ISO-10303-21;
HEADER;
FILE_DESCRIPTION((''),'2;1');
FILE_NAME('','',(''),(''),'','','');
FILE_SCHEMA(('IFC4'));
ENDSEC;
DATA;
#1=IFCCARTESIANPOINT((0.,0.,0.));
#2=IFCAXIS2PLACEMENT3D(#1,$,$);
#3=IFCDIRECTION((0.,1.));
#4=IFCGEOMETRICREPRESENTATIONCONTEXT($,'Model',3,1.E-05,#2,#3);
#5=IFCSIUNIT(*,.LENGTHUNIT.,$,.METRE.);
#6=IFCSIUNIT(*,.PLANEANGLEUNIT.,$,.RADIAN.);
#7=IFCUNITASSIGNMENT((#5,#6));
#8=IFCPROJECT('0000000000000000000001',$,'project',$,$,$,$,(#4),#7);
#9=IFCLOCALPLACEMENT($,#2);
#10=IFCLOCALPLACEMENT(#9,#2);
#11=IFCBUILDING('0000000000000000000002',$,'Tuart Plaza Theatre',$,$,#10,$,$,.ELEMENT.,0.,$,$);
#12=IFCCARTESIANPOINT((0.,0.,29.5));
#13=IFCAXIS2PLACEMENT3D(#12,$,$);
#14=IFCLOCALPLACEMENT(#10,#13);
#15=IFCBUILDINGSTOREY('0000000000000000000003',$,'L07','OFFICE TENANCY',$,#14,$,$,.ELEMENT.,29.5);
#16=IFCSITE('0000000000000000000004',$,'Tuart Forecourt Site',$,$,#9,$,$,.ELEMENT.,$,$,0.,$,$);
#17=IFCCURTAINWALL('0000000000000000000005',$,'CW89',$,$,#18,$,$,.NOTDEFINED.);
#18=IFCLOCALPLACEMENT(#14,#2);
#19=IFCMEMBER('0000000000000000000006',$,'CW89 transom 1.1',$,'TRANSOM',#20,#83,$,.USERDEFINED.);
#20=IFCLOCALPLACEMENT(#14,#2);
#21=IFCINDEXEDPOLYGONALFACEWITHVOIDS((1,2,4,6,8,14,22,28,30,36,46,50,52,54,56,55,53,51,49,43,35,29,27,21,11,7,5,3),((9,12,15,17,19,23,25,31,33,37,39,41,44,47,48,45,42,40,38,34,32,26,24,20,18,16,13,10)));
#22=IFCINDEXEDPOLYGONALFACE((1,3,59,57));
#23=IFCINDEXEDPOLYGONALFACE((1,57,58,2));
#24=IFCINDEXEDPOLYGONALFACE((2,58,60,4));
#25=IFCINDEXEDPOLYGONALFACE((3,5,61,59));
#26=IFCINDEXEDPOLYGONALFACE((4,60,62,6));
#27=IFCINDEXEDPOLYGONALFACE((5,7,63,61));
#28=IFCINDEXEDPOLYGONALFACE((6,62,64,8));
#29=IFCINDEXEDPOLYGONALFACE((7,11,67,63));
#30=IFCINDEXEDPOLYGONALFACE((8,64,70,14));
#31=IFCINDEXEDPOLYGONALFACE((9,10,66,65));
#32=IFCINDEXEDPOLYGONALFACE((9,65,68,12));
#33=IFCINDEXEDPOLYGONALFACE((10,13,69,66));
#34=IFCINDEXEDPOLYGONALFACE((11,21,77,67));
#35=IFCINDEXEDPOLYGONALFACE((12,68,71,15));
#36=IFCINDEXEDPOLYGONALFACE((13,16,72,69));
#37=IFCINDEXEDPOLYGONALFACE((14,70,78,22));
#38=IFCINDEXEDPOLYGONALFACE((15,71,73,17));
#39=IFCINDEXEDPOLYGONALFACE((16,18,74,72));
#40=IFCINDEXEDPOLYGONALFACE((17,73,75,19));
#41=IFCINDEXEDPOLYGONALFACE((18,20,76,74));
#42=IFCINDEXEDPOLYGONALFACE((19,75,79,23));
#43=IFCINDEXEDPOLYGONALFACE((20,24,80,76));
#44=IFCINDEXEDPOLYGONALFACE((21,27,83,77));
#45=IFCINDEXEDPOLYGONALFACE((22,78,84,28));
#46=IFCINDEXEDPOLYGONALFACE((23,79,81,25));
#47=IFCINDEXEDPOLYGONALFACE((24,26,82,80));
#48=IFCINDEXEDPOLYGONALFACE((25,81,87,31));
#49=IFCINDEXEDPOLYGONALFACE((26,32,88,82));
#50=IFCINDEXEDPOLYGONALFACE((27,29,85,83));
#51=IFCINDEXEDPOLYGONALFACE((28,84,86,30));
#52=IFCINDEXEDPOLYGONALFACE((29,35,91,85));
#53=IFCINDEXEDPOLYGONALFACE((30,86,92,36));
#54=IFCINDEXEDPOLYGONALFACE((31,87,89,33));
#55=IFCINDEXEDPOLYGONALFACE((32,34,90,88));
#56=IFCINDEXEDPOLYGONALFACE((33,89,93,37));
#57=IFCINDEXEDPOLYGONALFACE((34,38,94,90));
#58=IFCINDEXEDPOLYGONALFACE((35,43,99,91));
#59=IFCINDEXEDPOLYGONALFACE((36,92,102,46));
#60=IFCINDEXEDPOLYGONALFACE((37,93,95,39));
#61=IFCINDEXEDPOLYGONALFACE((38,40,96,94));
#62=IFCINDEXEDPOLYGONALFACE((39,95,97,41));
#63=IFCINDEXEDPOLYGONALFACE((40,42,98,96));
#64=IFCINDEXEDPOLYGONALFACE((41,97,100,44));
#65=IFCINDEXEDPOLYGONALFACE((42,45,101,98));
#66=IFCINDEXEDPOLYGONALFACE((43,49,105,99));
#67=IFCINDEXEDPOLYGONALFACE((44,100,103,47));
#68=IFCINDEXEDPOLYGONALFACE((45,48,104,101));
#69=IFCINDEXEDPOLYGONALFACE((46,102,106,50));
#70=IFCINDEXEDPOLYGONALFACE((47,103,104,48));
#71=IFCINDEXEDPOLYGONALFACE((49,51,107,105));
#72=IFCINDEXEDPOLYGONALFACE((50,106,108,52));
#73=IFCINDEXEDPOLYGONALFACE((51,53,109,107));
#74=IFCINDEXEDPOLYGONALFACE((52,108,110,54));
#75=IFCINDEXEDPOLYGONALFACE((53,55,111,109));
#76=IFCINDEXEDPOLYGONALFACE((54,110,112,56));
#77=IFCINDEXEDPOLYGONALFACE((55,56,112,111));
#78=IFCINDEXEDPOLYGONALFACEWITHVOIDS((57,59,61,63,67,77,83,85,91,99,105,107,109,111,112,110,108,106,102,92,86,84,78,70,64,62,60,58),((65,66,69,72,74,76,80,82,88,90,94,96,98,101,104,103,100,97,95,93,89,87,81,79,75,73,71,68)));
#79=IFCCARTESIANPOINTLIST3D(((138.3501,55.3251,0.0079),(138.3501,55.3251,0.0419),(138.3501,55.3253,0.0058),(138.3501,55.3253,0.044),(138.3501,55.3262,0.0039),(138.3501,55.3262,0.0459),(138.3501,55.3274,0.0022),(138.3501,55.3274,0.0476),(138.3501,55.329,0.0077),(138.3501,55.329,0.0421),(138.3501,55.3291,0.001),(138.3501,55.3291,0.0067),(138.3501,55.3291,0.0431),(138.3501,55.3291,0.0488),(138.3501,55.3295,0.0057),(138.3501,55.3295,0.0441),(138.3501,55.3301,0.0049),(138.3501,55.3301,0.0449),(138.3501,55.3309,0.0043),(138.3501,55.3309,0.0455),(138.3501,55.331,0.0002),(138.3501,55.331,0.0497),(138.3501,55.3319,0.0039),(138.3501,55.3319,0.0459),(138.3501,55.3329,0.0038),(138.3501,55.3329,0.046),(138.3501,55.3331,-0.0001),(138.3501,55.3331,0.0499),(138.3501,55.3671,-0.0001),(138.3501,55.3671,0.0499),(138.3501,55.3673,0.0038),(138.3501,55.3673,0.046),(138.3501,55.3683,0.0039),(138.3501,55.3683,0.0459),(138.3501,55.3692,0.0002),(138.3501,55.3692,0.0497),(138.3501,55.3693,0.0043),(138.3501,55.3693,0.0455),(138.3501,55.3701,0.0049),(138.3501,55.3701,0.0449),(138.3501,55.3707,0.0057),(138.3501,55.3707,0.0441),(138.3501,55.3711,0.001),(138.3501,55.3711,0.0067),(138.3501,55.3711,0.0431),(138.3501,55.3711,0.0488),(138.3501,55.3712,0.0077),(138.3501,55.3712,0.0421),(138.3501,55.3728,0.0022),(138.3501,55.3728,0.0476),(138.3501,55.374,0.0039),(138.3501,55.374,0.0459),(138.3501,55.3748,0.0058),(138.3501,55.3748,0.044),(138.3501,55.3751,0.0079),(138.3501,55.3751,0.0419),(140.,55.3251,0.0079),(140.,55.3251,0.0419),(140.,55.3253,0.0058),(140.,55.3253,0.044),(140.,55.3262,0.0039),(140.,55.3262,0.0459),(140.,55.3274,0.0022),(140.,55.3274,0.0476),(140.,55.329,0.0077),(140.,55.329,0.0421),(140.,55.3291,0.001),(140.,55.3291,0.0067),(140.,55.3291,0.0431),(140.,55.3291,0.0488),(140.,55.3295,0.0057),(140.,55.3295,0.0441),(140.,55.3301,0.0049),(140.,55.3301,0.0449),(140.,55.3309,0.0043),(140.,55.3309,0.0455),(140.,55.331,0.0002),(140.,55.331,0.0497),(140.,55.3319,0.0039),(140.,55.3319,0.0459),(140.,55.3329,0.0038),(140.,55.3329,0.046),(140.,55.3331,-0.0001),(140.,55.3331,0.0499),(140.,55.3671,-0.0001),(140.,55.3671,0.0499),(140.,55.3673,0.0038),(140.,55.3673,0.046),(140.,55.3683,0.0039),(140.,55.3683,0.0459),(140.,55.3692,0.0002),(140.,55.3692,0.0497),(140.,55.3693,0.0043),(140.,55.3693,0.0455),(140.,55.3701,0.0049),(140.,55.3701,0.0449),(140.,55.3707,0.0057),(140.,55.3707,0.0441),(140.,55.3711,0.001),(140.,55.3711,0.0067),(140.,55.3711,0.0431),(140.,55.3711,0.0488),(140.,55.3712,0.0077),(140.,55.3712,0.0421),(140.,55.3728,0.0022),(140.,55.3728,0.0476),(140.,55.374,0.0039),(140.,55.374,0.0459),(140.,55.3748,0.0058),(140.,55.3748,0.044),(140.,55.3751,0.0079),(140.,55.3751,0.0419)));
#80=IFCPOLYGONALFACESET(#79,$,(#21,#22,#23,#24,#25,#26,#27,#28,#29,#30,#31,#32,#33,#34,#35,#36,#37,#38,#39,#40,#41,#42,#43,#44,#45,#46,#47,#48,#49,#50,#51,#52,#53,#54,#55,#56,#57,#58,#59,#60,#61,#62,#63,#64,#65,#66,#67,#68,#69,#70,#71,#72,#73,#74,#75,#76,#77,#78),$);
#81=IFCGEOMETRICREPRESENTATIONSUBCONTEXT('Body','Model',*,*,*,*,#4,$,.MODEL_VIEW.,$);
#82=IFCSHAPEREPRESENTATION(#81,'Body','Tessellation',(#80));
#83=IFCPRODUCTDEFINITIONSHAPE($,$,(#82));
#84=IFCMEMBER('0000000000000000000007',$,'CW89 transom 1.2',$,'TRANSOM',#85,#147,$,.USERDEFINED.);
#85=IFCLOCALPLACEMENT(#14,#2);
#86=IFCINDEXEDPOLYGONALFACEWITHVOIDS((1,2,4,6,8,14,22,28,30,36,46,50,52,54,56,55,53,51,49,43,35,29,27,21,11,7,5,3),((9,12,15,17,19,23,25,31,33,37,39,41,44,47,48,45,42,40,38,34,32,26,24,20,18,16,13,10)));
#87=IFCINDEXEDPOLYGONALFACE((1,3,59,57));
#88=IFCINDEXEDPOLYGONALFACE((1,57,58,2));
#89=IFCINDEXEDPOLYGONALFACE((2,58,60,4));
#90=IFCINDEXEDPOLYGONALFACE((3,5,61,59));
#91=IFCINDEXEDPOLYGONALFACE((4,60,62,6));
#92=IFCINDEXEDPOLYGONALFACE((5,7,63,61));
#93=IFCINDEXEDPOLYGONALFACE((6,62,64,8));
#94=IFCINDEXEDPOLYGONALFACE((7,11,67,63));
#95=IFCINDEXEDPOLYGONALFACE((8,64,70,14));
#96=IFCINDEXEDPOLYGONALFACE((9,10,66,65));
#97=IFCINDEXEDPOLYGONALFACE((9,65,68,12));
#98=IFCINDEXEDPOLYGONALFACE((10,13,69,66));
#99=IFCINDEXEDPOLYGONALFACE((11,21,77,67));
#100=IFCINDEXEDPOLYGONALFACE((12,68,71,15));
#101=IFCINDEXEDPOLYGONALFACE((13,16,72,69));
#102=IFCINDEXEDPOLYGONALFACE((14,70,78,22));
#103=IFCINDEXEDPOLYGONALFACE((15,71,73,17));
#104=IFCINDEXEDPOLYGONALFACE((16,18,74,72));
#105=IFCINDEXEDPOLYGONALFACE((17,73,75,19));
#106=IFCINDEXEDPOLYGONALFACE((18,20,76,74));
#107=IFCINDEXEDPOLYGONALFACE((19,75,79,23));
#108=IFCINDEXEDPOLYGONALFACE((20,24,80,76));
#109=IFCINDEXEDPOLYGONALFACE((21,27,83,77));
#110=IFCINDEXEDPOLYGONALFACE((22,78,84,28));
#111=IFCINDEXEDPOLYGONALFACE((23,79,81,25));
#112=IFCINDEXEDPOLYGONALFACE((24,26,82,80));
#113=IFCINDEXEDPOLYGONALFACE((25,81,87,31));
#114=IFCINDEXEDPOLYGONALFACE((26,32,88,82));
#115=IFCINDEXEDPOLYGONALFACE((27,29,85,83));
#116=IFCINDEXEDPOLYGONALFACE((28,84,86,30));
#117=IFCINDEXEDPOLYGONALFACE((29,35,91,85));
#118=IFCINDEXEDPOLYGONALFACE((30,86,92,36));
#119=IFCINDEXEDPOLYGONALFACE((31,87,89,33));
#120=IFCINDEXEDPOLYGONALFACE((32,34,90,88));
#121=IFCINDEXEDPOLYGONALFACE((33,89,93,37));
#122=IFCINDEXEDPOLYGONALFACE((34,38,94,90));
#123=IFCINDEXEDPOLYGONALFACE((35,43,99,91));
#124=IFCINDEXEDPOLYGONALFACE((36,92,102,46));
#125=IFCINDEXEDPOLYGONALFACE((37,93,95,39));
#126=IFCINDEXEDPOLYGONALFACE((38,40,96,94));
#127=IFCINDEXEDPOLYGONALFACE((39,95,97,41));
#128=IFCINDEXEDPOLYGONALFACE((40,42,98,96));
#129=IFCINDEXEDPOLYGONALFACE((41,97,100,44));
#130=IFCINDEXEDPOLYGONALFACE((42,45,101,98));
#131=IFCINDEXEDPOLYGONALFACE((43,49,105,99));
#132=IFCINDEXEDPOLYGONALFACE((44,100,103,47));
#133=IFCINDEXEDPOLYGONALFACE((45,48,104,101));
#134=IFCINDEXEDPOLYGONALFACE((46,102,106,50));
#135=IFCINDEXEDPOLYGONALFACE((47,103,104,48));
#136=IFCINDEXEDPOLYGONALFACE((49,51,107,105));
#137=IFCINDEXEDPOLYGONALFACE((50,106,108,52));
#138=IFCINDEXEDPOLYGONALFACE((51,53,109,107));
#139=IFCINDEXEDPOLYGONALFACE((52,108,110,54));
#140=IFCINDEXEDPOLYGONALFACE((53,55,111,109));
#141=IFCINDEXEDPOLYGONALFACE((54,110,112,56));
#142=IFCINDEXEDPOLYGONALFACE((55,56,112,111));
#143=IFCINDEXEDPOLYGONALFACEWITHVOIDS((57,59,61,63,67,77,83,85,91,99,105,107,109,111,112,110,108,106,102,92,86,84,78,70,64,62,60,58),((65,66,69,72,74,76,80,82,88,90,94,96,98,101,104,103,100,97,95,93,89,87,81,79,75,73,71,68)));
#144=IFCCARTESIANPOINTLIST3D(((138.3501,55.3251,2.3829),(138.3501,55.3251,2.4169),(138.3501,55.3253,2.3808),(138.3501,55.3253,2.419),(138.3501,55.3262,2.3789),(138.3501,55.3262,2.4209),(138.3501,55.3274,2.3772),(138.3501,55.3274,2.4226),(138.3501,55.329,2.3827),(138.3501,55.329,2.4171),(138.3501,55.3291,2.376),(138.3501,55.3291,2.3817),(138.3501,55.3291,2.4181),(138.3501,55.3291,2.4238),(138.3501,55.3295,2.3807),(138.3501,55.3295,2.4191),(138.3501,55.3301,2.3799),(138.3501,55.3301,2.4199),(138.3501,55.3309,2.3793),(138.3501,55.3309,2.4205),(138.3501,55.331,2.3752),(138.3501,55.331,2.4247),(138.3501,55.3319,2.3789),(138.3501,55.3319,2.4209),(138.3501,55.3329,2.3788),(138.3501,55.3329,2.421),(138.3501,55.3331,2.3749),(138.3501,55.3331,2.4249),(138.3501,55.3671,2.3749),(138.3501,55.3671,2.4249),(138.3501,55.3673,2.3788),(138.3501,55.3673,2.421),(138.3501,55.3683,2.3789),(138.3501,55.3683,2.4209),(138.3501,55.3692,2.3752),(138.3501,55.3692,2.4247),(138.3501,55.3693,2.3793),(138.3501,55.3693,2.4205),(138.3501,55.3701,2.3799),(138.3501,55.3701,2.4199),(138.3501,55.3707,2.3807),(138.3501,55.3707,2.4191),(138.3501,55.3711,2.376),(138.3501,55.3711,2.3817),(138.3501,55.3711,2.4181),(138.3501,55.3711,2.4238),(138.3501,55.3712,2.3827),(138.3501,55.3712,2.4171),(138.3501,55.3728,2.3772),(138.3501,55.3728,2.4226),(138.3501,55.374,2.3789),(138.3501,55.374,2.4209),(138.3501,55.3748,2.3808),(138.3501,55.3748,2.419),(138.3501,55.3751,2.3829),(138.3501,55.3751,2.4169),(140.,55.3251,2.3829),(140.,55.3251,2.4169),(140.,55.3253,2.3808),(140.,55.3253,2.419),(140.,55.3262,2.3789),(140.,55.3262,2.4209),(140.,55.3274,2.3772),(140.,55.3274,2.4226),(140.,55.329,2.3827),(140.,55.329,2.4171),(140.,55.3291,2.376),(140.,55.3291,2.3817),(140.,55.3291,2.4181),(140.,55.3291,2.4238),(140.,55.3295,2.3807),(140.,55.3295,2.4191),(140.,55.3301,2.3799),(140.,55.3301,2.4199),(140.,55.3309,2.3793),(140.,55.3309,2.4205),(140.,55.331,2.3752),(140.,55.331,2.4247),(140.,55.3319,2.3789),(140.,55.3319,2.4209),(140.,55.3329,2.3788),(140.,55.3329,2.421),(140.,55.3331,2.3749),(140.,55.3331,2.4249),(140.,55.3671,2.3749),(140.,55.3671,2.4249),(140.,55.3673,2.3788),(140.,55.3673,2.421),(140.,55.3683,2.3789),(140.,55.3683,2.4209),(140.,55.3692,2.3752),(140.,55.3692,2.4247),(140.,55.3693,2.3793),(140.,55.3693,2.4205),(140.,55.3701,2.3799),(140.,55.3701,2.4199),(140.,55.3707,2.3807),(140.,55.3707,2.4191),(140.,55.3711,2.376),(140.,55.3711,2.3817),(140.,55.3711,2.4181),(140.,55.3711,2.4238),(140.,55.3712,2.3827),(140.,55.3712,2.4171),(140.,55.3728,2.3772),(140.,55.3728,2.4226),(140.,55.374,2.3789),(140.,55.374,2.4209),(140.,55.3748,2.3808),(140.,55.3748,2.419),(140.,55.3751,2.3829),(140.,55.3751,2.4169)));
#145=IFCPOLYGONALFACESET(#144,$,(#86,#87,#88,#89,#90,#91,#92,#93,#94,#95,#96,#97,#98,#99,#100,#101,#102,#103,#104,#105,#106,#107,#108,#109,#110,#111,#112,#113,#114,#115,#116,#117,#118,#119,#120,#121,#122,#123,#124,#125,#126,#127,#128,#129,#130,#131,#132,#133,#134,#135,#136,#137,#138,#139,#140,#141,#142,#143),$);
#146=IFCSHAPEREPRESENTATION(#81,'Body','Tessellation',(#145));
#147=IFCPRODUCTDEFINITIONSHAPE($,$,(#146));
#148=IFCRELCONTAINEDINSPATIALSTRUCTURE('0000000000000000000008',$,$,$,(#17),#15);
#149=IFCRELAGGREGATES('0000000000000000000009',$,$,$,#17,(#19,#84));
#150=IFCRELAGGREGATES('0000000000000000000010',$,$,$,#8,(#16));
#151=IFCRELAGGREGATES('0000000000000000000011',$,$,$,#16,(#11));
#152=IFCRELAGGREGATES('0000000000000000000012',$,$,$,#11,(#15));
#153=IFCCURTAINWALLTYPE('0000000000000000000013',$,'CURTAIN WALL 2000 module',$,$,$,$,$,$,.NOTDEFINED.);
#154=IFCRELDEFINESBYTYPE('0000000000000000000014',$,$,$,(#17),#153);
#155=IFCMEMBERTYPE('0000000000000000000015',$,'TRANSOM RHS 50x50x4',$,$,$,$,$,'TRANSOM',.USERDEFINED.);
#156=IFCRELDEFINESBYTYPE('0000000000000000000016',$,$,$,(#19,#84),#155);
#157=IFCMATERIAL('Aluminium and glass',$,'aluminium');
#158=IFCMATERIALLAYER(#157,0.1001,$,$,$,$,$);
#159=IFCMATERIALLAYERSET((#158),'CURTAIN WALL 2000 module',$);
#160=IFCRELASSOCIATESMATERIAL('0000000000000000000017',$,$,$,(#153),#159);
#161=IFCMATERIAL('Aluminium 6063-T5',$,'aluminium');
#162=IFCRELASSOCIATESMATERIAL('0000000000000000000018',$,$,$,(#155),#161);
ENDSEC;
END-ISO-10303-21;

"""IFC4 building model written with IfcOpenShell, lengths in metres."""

from ifc_helpers import new_model, si_unit, direction, frame, origin, origin_2d, place, context, subcontext, project, spatial, hollow_rectangle, extrude, material, layer, layer_set, material_profile, profile_set, type_object, element, aggregate, save


model = new_model("IFC4")

# Units and contexts
model_context = context("Model", 3, precision=1e-05, world=origin(), true_north=direction((0.0, 1.0)))
body_context = subcontext(model_context, "Body", "Model", "MODEL_VIEW")
ifc_project = project(units=[si_unit("LENGTHUNIT", "METRE"), si_unit("PLANEANGLEUNIT", "RADIAN")], contexts=[model_context])

# Site, building, storey
site_placement = place(None, origin())
site = spatial("IfcSite", under=ifc_project, at=site_placement, Name="Tuart Forecourt Site", CompositionType="ELEMENT", RefElevation=0.0)
building_placement = place(site_placement, origin())
building = spatial("IfcBuilding", under=site, at=building_placement, Name="Tuart Plaza Theatre", CompositionType="ELEMENT", ElevationOfRefHeight=0.0)
storey_placement = place(building_placement, frame((0.0, 0.0, 29.5)))
storey = spatial("IfcBuildingStorey", under=building, at=storey_placement, Name="L07", Description="OFFICE TENANCY", CompositionType="ELEMENT", Elevation=29.5)

# Curtain wall
ifc_material_1 = material(Name="Aluminium and glass", Category="aluminium")
ifc_layer_1 = layer(ifc_material_1, 0.1001)
ifc_layer_set_1 = layer_set([ifc_layer_1], Name="CURTAIN WALL 2000 module")
curtain_wall_type = type_object("IfcCurtainWallType", Name="CURTAIN WALL 2000 module", PredefinedType="NOTDEFINED", material=ifc_layer_set_1)
curtain_wall_1_placement = place(storey_placement, origin())
curtain_wall_1 = element("IfcCurtainWall", 1, at=curtain_wall_1_placement, inside=storey, type_object=curtain_wall_type, Name="CW89", PredefinedType="NOTDEFINED")

# Members
ifc_material_2 = material(Name="Aluminium 6063-T5", Category="aluminium")
ifc_material_profile_1 = material_profile(ifc_material_2, hollow_rectangle(XDim=0.05, YDim=0.05, WallThickness=0.0039, InnerFilletRadius=0.0039, OuterFilletRadius=0.0081, at=origin_2d()), Name="RHS 50x50x4")
ifc_profile_set_1 = profile_set([ifc_material_profile_1], Name="Aluminium 6063-T5")
member_type_1 = type_object("IfcMemberType", Name="TRANSOM RHS 50x50x4", ElementType="TRANSOM", PredefinedType="USERDEFINED", material=ifc_profile_set_1)
member_1_placement = place(storey_placement, frame((138.3501, 55.3501, 0.0249), z_axis=(1.0, 0.0, 0.0), x_axis=(0.0, 1.0, 0.0)))
member_1 = element("IfcMember", 2, at=member_1_placement, type_object=member_type_1, Name="CW89 transom 1.1", ObjectType="TRANSOM", PredefinedType="USERDEFINED", context=body_context, shape_type="SweptSolid", body=[
    extrude(hollow_rectangle(XDim=0.05, YDim=0.05, WallThickness=0.0039, InnerFilletRadius=0.0039, OuterFilletRadius=0.0081, at=origin_2d()), origin(), (0.0, 0.0, 1.0), 1.6499),
])
member_2_placement = place(storey_placement, frame((138.3501, 55.3501, 2.3999), z_axis=(1.0, 0.0, 0.0), x_axis=(0.0, 1.0, 0.0)))
member_2 = element("IfcMember", 3, at=member_2_placement, type_object=member_type_1, Name="CW89 transom 1.2", ObjectType="TRANSOM", PredefinedType="USERDEFINED", context=body_context, shape_type="SweptSolid", body=[
    extrude(hollow_rectangle(XDim=0.05, YDim=0.05, WallThickness=0.0039, InnerFilletRadius=0.0039, OuterFilletRadius=0.0081, at=origin_2d()), origin(), (0.0, 0.0, 1.0), 1.6499),
])

aggregate(curtain_wall_1, [member_1, member_2])

save(model, "model.ifc")
